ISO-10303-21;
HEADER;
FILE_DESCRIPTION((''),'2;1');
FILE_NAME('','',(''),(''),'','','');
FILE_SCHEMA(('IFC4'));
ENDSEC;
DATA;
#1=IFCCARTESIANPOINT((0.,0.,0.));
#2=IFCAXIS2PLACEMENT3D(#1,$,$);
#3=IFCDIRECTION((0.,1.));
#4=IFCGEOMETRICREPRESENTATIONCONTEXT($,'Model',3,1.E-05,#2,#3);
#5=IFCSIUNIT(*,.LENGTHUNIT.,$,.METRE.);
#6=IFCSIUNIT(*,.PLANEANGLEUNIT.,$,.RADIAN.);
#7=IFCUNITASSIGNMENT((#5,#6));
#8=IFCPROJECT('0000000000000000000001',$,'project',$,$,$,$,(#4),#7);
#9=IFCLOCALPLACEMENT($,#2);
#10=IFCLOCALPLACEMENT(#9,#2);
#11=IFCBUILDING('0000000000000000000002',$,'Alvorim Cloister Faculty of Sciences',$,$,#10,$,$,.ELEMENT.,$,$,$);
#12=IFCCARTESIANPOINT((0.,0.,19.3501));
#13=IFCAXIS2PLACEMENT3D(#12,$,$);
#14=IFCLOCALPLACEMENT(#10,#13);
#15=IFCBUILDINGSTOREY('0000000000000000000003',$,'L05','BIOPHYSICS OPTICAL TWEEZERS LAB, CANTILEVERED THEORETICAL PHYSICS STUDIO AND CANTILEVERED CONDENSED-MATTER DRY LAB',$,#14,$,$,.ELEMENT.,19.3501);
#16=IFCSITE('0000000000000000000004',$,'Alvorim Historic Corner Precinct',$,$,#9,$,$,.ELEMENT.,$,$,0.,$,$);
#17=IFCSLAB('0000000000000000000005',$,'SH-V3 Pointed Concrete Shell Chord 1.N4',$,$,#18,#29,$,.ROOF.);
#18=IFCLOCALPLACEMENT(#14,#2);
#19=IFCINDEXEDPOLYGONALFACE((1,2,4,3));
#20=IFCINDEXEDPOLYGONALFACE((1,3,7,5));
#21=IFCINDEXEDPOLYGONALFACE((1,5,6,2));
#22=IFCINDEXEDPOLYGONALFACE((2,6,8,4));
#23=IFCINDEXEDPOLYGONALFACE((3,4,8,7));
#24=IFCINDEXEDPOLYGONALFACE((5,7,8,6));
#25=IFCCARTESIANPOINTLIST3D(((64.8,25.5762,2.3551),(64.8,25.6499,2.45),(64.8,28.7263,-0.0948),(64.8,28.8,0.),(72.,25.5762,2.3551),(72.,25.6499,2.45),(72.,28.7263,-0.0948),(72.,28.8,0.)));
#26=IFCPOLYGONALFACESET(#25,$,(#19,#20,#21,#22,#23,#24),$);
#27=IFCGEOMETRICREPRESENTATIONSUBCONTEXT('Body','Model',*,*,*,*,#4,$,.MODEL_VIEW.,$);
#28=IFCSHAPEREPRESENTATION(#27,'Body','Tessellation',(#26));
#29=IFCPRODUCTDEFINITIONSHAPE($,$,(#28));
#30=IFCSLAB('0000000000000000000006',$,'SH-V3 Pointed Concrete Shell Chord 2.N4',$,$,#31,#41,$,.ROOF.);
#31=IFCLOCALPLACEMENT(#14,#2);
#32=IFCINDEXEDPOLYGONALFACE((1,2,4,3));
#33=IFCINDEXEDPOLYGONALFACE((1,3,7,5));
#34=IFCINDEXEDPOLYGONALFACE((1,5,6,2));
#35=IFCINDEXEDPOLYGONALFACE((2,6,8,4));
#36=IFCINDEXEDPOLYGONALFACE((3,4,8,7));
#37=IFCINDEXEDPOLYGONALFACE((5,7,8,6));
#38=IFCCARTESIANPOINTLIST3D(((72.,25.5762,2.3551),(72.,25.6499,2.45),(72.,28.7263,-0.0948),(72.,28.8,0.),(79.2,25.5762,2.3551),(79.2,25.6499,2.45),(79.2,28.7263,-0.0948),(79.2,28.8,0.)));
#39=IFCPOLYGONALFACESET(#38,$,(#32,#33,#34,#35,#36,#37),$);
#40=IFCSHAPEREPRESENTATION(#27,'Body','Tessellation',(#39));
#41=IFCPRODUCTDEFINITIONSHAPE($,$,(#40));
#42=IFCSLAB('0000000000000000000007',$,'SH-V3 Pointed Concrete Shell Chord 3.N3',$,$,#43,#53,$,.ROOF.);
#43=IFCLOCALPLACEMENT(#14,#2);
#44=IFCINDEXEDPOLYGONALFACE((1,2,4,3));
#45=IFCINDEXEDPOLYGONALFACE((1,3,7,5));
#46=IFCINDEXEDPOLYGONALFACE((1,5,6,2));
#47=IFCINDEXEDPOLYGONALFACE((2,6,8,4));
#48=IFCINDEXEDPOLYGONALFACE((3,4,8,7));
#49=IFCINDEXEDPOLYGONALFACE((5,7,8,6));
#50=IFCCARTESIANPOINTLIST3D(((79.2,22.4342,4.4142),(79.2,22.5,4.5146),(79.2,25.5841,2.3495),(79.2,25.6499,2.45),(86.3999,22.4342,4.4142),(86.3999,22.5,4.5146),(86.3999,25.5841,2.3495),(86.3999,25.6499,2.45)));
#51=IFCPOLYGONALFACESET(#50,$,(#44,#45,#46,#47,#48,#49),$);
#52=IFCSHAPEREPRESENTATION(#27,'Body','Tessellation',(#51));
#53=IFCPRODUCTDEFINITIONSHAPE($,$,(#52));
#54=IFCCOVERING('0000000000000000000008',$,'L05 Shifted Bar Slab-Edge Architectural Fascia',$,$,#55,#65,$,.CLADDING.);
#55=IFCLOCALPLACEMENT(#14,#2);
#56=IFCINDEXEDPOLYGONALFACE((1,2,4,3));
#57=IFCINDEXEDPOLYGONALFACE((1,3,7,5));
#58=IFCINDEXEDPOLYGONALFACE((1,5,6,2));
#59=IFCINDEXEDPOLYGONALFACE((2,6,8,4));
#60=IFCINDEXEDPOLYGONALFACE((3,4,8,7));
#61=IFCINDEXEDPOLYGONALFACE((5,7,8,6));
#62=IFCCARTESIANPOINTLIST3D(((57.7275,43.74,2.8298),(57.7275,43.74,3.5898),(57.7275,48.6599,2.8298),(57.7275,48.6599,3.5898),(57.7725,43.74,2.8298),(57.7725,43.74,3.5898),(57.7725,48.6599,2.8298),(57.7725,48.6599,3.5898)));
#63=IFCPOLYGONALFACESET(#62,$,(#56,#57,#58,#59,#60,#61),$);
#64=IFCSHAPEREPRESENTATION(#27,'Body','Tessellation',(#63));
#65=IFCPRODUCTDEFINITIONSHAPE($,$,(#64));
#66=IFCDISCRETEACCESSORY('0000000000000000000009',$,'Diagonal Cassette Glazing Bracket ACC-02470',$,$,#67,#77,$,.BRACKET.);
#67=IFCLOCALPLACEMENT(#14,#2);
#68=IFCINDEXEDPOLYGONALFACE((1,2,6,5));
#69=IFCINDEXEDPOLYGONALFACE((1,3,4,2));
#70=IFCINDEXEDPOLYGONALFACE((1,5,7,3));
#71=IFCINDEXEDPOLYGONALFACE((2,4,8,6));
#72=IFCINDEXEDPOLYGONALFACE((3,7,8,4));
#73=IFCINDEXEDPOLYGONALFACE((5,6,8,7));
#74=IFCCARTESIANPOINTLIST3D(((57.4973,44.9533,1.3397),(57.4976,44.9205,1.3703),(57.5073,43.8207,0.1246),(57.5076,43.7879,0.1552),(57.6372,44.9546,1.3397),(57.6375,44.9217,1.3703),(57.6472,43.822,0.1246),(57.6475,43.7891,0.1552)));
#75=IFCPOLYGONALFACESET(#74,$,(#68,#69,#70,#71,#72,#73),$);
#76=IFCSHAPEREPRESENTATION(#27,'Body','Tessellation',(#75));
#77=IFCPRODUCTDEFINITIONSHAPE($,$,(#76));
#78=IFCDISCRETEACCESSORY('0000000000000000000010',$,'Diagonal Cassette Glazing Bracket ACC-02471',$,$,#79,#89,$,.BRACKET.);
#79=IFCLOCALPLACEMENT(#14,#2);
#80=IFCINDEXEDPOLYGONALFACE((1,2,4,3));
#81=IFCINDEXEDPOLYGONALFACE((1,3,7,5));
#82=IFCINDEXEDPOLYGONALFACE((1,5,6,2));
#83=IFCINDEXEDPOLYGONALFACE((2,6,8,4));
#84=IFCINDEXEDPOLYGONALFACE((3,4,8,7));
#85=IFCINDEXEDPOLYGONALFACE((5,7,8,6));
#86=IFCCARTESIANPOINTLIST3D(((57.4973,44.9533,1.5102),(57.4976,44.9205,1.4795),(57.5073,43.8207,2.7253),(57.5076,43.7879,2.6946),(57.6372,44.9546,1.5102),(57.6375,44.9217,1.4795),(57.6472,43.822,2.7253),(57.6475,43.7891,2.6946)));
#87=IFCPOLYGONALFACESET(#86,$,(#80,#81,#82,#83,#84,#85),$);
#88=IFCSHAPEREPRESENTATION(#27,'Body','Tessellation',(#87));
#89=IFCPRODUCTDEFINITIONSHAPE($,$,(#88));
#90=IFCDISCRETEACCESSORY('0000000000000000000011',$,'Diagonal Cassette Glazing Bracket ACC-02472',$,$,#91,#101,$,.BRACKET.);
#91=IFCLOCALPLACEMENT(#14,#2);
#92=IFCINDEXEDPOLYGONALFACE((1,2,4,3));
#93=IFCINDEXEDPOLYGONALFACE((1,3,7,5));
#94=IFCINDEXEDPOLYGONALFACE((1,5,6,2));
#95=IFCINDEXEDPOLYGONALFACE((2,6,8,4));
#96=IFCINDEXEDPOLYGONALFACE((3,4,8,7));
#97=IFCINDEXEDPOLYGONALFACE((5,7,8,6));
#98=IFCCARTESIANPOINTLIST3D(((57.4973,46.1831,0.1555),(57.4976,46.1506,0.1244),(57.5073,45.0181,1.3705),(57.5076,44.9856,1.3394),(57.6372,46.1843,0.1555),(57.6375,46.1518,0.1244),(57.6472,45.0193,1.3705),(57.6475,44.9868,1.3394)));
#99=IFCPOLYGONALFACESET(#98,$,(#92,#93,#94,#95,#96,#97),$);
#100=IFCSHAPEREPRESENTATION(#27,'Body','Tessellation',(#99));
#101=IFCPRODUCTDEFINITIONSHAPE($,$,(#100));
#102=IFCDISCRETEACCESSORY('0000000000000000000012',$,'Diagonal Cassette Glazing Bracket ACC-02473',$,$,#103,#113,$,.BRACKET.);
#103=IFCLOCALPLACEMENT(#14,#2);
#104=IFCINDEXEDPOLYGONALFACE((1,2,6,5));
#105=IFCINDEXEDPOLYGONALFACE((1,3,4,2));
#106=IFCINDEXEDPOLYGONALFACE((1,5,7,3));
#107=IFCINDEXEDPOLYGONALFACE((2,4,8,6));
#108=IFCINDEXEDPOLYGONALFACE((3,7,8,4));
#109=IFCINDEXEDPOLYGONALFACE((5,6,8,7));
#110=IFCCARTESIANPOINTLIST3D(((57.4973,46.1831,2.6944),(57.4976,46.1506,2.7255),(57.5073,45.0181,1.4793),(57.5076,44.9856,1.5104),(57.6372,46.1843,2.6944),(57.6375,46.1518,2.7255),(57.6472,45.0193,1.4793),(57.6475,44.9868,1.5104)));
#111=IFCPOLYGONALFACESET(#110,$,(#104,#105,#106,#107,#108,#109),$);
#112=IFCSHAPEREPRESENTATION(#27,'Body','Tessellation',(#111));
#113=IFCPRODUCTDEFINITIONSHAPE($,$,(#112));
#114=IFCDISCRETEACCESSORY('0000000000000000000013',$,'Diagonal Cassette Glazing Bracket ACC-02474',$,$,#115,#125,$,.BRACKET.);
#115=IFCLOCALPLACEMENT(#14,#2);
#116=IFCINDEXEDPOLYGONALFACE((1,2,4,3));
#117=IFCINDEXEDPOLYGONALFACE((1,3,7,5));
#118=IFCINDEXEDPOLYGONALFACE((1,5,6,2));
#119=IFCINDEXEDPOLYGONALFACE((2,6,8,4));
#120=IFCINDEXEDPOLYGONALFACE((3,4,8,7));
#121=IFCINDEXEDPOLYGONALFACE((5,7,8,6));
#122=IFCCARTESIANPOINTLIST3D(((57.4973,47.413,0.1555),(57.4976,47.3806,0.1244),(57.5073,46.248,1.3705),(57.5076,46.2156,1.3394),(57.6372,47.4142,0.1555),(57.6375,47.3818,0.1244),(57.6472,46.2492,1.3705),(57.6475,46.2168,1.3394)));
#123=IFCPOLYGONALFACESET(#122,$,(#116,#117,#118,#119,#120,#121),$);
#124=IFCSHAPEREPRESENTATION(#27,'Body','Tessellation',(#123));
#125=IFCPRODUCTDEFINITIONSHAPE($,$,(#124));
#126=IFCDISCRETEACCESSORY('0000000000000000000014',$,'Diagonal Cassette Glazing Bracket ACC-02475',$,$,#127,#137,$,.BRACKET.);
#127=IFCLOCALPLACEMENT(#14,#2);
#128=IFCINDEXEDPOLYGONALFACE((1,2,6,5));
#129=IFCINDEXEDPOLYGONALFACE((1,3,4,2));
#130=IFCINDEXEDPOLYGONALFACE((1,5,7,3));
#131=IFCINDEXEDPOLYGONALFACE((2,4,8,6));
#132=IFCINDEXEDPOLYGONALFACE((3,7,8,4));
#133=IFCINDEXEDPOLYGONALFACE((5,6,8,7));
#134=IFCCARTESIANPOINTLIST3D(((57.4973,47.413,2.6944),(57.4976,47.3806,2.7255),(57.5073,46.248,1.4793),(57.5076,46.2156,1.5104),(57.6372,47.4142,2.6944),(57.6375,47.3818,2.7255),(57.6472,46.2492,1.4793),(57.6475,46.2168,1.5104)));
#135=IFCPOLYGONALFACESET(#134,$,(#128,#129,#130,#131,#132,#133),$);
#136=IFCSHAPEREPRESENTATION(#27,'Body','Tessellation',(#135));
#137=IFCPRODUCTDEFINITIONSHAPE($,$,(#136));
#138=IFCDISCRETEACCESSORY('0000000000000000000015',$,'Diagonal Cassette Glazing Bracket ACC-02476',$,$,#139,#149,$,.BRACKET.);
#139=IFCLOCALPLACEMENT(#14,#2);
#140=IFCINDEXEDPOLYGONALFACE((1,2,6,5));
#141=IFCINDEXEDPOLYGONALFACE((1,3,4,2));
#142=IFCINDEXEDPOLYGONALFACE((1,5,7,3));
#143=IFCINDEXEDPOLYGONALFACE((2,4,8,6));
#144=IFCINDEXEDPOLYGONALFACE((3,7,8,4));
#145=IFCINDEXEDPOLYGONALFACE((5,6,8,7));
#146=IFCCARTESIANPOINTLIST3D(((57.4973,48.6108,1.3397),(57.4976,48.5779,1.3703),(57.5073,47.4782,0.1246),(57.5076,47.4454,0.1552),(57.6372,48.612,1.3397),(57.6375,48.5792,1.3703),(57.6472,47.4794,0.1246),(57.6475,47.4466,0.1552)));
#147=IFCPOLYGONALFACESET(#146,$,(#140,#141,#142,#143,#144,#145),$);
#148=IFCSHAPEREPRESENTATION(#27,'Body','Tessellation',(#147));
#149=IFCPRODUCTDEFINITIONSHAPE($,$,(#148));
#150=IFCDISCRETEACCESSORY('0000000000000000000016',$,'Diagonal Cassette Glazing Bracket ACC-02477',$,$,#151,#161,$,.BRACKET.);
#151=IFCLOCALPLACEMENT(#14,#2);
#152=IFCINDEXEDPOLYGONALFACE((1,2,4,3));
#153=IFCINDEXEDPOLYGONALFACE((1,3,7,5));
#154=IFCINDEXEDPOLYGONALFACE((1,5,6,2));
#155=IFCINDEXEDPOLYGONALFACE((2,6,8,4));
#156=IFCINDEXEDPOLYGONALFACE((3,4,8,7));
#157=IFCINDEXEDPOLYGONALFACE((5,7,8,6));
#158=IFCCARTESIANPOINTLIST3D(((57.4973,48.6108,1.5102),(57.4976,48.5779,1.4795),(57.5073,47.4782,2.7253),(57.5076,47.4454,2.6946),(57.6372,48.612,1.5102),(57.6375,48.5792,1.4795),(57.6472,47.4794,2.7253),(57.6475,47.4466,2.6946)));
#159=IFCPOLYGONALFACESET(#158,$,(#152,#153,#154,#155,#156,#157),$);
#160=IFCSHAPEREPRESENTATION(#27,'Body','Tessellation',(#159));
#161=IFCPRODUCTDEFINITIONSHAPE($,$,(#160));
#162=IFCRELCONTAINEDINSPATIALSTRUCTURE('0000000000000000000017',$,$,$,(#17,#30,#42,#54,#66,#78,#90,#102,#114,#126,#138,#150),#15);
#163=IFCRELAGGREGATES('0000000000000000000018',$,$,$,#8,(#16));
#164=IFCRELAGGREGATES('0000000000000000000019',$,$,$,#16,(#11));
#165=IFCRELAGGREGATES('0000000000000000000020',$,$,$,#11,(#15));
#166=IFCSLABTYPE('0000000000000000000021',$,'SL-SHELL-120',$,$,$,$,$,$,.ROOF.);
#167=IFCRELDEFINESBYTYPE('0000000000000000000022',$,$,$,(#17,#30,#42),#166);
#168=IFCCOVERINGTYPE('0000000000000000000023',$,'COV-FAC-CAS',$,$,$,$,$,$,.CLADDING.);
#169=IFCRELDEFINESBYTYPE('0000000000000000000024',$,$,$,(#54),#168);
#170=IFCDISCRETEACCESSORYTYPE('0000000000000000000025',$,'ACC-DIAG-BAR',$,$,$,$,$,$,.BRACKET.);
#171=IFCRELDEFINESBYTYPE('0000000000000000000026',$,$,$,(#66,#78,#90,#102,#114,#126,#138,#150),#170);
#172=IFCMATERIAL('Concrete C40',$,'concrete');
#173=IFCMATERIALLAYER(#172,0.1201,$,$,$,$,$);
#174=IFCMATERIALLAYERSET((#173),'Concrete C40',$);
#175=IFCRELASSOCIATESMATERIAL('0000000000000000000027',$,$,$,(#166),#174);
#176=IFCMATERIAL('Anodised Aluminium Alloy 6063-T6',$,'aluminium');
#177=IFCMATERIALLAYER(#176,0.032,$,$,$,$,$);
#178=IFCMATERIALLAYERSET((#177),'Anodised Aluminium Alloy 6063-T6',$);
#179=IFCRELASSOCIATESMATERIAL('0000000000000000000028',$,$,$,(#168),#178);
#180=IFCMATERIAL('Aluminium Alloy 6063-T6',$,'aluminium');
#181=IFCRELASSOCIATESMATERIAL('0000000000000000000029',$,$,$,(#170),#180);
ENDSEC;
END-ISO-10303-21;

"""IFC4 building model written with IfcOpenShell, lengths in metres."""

from ifc_helpers import new_model, si_unit, direction, frame, origin, origin_2d, place, context, subcontext, project, spatial, polyline, rectangle, outline, extrude, material, layer, layer_set, type_object, element, save


model = new_model("IFC4")

# Units and contexts
model_context = context("Model", 3, precision=1e-05, world=origin(), true_north=direction((0.0, 1.0)))
body_context = subcontext(model_context, "Body", "Model", "MODEL_VIEW")
ifc_project = project(units=[si_unit("LENGTHUNIT", "METRE"), si_unit("PLANEANGLEUNIT", "RADIAN")], contexts=[model_context])

# Site, building, storey
site_placement = place(None, origin())
site = spatial("IfcSite", under=ifc_project, at=site_placement, Name="Alvorim Historic Corner Precinct", CompositionType="ELEMENT", RefElevation=0.0)
building_placement = place(site_placement, origin())
building = spatial("IfcBuilding", under=site, at=building_placement, Name="Alvorim Cloister Faculty of Sciences", CompositionType="ELEMENT")
storey_placement = place(building_placement, frame((0.0, 0.0, 19.3501)))
storey = spatial("IfcBuildingStorey", under=building, at=storey_placement, Name="L05", Description="BIOPHYSICS OPTICAL TWEEZERS LAB, CANTILEVERED THEORETICAL PHYSICS STUDIO AND CANTILEVERED CONDENSED-MATTER DRY LAB", CompositionType="ELEMENT", Elevation=19.3501)

# Shared definitions
ifc_material_1 = material(Name="Concrete C40", Category="concrete")

# Shared definitions
ifc_material_2 = material(Name="Aluminium Alloy 6063-T6", Category="aluminium")

# Slabs
ifc_layer_1 = layer(ifc_material_1, 0.1201)
ifc_layer_set_1 = layer_set([ifc_layer_1], Name="Concrete C40")
slab_type = type_object("IfcSlabType", Name="SL-SHELL-120", PredefinedType="ROOF", material=ifc_layer_set_1)
for number, where, z_axis, x_axis, name in (
    (1, (64.8, 25.6499, 2.45), (0.0, 0.613915, 0.789372), (1.0, 0.0, 0.0), "SH-V3 Pointed Concrete Shell Chord 1.N4"),
    (2, (72.0, 25.6499, 2.45), (0.0, 0.613915, 0.789372), (1.0, 0.0, 0.0), "SH-V3 Pointed Concrete Shell Chord 2.N4"),
):
    element("IfcSlab", number, at=place(storey_placement, frame(where, z_axis=z_axis, x_axis=x_axis)), inside=storey, type_object=slab_type, Name=name, PredefinedType="ROOF", context=body_context, shape_type="SweptSolid", body=[
        extrude(outline(polyline([(0.0, 0.0), (7.2, 0.0), (7.2, 3.9907), (0.0, 3.9907), (0.0, 0.0)])), origin(), (0.0, 0.0, -1.0), 0.1201),
    ])
slab_placement = place(storey_placement, frame((79.2, 22.5, 4.5146), z_axis=(0.0, 0.548206, 0.836343), x_axis=(1.0, 0.0, 0.0)))
element("IfcSlab", 3, at=slab_placement, inside=storey, type_object=slab_type, Name="SH-V3 Pointed Concrete Shell Chord 3.N3", PredefinedType="ROOF", context=body_context, shape_type="SweptSolid", body=[
    extrude(outline(polyline([(0.0, 0.0), (7.2, 0.0), (7.2, 3.7663), (0.0, 3.7663), (0.0, 0.0)])), origin(), (0.0, 0.0, -1.0), 0.1201),
])

# Covering
ifc_material_3 = material(Name="Anodised Aluminium Alloy 6063-T6", Category="aluminium")
ifc_layer_2 = layer(ifc_material_3, 0.032)
ifc_layer_set_2 = layer_set([ifc_layer_2], Name="Anodised Aluminium Alloy 6063-T6")
covering_type = type_object("IfcCoveringType", Name="COV-FAC-CAS", PredefinedType="CLADDING", material=ifc_layer_set_2)
covering_placement = place(storey_placement, frame((57.75, 43.74, 2.8298), z_axis=(0.0, 0.0, 1.0), x_axis=(0.0, 1.0, 0.0)))
element("IfcCovering", 4, at=covering_placement, inside=storey, type_object=covering_type, Name="L05 Shifted Bar Slab-Edge Architectural Fascia", PredefinedType="CLADDING", context=body_context, shape_type="SweptSolid", body=[
    extrude(outline(polyline([(0.0, 0.0), (4.9199, 0.0), (4.9199, 0.76), (0.0, 0.76), (0.0, 0.0)])), frame((0.0, 0.0225, 0.0), z_axis=(0.0, -1.0, 0.0), x_axis=(1.0, 0.0, 0.0)), (0.0, 0.0, 1.0), 0.0449),
])

# Discrete accessories
discrete_accessory_type = type_object("IfcDiscreteAccessoryType", Name="ACC-DIAG-BAR", PredefinedType="BRACKET", material=ifc_material_2)
for number, where, z_axis, x_axis, name in (
    (5, (57.5774, 43.8049, 0.1399), (-0.006026, 0.681819, 0.731496), (-0.999961, -0.008838, 0.0), "Diagonal Cassette Glazing Bracket ACC-02470"),
    (6, (57.5774, 43.8049, 2.71), (-0.006026, 0.681819, -0.731496), (-0.999961, -0.008838, 0.0), "Diagonal Cassette Glazing Bracket ACC-02471"),
):
    element("IfcDiscreteAccessory", number, at=place(storey_placement, frame(where, z_axis=z_axis, x_axis=x_axis)), inside=storey, type_object=discrete_accessory_type, Name=name, PredefinedType="BRACKET", context=body_context, shape_type="SweptSolid", body=[
        extrude(rectangle(XDim=0.1399, YDim=0.0449, at=origin_2d()), origin(), (0.0, 0.0, 1.0), 1.6611),
    ])
for number, where, z_axis, x_axis, name in (
    (7, (57.5774, 45.0024, 1.355), (-0.005946, 0.692073, -0.721803), (-0.999963, -0.008591, 0.0), "Diagonal Cassette Glazing Bracket ACC-02472"),
    (8, (57.5774, 45.0024, 1.4949), (-0.005946, 0.692073, 0.721803), (-0.999963, -0.008591, 0.0), "Diagonal Cassette Glazing Bracket ACC-02473"),
    (9, (57.5774, 46.2324, 1.355), (-0.005946, 0.692073, -0.721803), (-0.999963, -0.008591, 0.0), "Diagonal Cassette Glazing Bracket ACC-02474"),
    (10, (57.5774, 46.2324, 1.4949), (-0.005946, 0.692073, 0.721803), (-0.999963, -0.008591, 0.0), "Diagonal Cassette Glazing Bracket ACC-02475"),
):
    element("IfcDiscreteAccessory", number, at=place(storey_placement, frame(where, z_axis=z_axis, x_axis=x_axis)), inside=storey, type_object=discrete_accessory_type, Name=name, PredefinedType="BRACKET", context=body_context, shape_type="SweptSolid", body=[
        extrude(rectangle(XDim=0.1399, YDim=0.0449, at=origin_2d()), origin(), (0.0, 0.0, 1.0), 1.6833),
    ])
for number, where, z_axis, x_axis, name in (
    (11, (57.5774, 47.4624, 0.1399), (-0.006026, 0.681819, 0.731496), (-0.999961, -0.008838, 0.0), "Diagonal Cassette Glazing Bracket ACC-02476"),
    (12, (57.5774, 47.4624, 2.71), (-0.006026, 0.681819, -0.731496), (-0.999961, -0.008838, 0.0), "Diagonal Cassette Glazing Bracket ACC-02477"),
):
    element("IfcDiscreteAccessory", number, at=place(storey_placement, frame(where, z_axis=z_axis, x_axis=x_axis)), inside=storey, type_object=discrete_accessory_type, Name=name, PredefinedType="BRACKET", context=body_context, shape_type="SweptSolid", body=[
        extrude(rectangle(XDim=0.1399, YDim=0.0449, at=origin_2d()), origin(), (0.0, 0.0, 1.0), 1.6611),
    ])

save(model, "model.ifc")
